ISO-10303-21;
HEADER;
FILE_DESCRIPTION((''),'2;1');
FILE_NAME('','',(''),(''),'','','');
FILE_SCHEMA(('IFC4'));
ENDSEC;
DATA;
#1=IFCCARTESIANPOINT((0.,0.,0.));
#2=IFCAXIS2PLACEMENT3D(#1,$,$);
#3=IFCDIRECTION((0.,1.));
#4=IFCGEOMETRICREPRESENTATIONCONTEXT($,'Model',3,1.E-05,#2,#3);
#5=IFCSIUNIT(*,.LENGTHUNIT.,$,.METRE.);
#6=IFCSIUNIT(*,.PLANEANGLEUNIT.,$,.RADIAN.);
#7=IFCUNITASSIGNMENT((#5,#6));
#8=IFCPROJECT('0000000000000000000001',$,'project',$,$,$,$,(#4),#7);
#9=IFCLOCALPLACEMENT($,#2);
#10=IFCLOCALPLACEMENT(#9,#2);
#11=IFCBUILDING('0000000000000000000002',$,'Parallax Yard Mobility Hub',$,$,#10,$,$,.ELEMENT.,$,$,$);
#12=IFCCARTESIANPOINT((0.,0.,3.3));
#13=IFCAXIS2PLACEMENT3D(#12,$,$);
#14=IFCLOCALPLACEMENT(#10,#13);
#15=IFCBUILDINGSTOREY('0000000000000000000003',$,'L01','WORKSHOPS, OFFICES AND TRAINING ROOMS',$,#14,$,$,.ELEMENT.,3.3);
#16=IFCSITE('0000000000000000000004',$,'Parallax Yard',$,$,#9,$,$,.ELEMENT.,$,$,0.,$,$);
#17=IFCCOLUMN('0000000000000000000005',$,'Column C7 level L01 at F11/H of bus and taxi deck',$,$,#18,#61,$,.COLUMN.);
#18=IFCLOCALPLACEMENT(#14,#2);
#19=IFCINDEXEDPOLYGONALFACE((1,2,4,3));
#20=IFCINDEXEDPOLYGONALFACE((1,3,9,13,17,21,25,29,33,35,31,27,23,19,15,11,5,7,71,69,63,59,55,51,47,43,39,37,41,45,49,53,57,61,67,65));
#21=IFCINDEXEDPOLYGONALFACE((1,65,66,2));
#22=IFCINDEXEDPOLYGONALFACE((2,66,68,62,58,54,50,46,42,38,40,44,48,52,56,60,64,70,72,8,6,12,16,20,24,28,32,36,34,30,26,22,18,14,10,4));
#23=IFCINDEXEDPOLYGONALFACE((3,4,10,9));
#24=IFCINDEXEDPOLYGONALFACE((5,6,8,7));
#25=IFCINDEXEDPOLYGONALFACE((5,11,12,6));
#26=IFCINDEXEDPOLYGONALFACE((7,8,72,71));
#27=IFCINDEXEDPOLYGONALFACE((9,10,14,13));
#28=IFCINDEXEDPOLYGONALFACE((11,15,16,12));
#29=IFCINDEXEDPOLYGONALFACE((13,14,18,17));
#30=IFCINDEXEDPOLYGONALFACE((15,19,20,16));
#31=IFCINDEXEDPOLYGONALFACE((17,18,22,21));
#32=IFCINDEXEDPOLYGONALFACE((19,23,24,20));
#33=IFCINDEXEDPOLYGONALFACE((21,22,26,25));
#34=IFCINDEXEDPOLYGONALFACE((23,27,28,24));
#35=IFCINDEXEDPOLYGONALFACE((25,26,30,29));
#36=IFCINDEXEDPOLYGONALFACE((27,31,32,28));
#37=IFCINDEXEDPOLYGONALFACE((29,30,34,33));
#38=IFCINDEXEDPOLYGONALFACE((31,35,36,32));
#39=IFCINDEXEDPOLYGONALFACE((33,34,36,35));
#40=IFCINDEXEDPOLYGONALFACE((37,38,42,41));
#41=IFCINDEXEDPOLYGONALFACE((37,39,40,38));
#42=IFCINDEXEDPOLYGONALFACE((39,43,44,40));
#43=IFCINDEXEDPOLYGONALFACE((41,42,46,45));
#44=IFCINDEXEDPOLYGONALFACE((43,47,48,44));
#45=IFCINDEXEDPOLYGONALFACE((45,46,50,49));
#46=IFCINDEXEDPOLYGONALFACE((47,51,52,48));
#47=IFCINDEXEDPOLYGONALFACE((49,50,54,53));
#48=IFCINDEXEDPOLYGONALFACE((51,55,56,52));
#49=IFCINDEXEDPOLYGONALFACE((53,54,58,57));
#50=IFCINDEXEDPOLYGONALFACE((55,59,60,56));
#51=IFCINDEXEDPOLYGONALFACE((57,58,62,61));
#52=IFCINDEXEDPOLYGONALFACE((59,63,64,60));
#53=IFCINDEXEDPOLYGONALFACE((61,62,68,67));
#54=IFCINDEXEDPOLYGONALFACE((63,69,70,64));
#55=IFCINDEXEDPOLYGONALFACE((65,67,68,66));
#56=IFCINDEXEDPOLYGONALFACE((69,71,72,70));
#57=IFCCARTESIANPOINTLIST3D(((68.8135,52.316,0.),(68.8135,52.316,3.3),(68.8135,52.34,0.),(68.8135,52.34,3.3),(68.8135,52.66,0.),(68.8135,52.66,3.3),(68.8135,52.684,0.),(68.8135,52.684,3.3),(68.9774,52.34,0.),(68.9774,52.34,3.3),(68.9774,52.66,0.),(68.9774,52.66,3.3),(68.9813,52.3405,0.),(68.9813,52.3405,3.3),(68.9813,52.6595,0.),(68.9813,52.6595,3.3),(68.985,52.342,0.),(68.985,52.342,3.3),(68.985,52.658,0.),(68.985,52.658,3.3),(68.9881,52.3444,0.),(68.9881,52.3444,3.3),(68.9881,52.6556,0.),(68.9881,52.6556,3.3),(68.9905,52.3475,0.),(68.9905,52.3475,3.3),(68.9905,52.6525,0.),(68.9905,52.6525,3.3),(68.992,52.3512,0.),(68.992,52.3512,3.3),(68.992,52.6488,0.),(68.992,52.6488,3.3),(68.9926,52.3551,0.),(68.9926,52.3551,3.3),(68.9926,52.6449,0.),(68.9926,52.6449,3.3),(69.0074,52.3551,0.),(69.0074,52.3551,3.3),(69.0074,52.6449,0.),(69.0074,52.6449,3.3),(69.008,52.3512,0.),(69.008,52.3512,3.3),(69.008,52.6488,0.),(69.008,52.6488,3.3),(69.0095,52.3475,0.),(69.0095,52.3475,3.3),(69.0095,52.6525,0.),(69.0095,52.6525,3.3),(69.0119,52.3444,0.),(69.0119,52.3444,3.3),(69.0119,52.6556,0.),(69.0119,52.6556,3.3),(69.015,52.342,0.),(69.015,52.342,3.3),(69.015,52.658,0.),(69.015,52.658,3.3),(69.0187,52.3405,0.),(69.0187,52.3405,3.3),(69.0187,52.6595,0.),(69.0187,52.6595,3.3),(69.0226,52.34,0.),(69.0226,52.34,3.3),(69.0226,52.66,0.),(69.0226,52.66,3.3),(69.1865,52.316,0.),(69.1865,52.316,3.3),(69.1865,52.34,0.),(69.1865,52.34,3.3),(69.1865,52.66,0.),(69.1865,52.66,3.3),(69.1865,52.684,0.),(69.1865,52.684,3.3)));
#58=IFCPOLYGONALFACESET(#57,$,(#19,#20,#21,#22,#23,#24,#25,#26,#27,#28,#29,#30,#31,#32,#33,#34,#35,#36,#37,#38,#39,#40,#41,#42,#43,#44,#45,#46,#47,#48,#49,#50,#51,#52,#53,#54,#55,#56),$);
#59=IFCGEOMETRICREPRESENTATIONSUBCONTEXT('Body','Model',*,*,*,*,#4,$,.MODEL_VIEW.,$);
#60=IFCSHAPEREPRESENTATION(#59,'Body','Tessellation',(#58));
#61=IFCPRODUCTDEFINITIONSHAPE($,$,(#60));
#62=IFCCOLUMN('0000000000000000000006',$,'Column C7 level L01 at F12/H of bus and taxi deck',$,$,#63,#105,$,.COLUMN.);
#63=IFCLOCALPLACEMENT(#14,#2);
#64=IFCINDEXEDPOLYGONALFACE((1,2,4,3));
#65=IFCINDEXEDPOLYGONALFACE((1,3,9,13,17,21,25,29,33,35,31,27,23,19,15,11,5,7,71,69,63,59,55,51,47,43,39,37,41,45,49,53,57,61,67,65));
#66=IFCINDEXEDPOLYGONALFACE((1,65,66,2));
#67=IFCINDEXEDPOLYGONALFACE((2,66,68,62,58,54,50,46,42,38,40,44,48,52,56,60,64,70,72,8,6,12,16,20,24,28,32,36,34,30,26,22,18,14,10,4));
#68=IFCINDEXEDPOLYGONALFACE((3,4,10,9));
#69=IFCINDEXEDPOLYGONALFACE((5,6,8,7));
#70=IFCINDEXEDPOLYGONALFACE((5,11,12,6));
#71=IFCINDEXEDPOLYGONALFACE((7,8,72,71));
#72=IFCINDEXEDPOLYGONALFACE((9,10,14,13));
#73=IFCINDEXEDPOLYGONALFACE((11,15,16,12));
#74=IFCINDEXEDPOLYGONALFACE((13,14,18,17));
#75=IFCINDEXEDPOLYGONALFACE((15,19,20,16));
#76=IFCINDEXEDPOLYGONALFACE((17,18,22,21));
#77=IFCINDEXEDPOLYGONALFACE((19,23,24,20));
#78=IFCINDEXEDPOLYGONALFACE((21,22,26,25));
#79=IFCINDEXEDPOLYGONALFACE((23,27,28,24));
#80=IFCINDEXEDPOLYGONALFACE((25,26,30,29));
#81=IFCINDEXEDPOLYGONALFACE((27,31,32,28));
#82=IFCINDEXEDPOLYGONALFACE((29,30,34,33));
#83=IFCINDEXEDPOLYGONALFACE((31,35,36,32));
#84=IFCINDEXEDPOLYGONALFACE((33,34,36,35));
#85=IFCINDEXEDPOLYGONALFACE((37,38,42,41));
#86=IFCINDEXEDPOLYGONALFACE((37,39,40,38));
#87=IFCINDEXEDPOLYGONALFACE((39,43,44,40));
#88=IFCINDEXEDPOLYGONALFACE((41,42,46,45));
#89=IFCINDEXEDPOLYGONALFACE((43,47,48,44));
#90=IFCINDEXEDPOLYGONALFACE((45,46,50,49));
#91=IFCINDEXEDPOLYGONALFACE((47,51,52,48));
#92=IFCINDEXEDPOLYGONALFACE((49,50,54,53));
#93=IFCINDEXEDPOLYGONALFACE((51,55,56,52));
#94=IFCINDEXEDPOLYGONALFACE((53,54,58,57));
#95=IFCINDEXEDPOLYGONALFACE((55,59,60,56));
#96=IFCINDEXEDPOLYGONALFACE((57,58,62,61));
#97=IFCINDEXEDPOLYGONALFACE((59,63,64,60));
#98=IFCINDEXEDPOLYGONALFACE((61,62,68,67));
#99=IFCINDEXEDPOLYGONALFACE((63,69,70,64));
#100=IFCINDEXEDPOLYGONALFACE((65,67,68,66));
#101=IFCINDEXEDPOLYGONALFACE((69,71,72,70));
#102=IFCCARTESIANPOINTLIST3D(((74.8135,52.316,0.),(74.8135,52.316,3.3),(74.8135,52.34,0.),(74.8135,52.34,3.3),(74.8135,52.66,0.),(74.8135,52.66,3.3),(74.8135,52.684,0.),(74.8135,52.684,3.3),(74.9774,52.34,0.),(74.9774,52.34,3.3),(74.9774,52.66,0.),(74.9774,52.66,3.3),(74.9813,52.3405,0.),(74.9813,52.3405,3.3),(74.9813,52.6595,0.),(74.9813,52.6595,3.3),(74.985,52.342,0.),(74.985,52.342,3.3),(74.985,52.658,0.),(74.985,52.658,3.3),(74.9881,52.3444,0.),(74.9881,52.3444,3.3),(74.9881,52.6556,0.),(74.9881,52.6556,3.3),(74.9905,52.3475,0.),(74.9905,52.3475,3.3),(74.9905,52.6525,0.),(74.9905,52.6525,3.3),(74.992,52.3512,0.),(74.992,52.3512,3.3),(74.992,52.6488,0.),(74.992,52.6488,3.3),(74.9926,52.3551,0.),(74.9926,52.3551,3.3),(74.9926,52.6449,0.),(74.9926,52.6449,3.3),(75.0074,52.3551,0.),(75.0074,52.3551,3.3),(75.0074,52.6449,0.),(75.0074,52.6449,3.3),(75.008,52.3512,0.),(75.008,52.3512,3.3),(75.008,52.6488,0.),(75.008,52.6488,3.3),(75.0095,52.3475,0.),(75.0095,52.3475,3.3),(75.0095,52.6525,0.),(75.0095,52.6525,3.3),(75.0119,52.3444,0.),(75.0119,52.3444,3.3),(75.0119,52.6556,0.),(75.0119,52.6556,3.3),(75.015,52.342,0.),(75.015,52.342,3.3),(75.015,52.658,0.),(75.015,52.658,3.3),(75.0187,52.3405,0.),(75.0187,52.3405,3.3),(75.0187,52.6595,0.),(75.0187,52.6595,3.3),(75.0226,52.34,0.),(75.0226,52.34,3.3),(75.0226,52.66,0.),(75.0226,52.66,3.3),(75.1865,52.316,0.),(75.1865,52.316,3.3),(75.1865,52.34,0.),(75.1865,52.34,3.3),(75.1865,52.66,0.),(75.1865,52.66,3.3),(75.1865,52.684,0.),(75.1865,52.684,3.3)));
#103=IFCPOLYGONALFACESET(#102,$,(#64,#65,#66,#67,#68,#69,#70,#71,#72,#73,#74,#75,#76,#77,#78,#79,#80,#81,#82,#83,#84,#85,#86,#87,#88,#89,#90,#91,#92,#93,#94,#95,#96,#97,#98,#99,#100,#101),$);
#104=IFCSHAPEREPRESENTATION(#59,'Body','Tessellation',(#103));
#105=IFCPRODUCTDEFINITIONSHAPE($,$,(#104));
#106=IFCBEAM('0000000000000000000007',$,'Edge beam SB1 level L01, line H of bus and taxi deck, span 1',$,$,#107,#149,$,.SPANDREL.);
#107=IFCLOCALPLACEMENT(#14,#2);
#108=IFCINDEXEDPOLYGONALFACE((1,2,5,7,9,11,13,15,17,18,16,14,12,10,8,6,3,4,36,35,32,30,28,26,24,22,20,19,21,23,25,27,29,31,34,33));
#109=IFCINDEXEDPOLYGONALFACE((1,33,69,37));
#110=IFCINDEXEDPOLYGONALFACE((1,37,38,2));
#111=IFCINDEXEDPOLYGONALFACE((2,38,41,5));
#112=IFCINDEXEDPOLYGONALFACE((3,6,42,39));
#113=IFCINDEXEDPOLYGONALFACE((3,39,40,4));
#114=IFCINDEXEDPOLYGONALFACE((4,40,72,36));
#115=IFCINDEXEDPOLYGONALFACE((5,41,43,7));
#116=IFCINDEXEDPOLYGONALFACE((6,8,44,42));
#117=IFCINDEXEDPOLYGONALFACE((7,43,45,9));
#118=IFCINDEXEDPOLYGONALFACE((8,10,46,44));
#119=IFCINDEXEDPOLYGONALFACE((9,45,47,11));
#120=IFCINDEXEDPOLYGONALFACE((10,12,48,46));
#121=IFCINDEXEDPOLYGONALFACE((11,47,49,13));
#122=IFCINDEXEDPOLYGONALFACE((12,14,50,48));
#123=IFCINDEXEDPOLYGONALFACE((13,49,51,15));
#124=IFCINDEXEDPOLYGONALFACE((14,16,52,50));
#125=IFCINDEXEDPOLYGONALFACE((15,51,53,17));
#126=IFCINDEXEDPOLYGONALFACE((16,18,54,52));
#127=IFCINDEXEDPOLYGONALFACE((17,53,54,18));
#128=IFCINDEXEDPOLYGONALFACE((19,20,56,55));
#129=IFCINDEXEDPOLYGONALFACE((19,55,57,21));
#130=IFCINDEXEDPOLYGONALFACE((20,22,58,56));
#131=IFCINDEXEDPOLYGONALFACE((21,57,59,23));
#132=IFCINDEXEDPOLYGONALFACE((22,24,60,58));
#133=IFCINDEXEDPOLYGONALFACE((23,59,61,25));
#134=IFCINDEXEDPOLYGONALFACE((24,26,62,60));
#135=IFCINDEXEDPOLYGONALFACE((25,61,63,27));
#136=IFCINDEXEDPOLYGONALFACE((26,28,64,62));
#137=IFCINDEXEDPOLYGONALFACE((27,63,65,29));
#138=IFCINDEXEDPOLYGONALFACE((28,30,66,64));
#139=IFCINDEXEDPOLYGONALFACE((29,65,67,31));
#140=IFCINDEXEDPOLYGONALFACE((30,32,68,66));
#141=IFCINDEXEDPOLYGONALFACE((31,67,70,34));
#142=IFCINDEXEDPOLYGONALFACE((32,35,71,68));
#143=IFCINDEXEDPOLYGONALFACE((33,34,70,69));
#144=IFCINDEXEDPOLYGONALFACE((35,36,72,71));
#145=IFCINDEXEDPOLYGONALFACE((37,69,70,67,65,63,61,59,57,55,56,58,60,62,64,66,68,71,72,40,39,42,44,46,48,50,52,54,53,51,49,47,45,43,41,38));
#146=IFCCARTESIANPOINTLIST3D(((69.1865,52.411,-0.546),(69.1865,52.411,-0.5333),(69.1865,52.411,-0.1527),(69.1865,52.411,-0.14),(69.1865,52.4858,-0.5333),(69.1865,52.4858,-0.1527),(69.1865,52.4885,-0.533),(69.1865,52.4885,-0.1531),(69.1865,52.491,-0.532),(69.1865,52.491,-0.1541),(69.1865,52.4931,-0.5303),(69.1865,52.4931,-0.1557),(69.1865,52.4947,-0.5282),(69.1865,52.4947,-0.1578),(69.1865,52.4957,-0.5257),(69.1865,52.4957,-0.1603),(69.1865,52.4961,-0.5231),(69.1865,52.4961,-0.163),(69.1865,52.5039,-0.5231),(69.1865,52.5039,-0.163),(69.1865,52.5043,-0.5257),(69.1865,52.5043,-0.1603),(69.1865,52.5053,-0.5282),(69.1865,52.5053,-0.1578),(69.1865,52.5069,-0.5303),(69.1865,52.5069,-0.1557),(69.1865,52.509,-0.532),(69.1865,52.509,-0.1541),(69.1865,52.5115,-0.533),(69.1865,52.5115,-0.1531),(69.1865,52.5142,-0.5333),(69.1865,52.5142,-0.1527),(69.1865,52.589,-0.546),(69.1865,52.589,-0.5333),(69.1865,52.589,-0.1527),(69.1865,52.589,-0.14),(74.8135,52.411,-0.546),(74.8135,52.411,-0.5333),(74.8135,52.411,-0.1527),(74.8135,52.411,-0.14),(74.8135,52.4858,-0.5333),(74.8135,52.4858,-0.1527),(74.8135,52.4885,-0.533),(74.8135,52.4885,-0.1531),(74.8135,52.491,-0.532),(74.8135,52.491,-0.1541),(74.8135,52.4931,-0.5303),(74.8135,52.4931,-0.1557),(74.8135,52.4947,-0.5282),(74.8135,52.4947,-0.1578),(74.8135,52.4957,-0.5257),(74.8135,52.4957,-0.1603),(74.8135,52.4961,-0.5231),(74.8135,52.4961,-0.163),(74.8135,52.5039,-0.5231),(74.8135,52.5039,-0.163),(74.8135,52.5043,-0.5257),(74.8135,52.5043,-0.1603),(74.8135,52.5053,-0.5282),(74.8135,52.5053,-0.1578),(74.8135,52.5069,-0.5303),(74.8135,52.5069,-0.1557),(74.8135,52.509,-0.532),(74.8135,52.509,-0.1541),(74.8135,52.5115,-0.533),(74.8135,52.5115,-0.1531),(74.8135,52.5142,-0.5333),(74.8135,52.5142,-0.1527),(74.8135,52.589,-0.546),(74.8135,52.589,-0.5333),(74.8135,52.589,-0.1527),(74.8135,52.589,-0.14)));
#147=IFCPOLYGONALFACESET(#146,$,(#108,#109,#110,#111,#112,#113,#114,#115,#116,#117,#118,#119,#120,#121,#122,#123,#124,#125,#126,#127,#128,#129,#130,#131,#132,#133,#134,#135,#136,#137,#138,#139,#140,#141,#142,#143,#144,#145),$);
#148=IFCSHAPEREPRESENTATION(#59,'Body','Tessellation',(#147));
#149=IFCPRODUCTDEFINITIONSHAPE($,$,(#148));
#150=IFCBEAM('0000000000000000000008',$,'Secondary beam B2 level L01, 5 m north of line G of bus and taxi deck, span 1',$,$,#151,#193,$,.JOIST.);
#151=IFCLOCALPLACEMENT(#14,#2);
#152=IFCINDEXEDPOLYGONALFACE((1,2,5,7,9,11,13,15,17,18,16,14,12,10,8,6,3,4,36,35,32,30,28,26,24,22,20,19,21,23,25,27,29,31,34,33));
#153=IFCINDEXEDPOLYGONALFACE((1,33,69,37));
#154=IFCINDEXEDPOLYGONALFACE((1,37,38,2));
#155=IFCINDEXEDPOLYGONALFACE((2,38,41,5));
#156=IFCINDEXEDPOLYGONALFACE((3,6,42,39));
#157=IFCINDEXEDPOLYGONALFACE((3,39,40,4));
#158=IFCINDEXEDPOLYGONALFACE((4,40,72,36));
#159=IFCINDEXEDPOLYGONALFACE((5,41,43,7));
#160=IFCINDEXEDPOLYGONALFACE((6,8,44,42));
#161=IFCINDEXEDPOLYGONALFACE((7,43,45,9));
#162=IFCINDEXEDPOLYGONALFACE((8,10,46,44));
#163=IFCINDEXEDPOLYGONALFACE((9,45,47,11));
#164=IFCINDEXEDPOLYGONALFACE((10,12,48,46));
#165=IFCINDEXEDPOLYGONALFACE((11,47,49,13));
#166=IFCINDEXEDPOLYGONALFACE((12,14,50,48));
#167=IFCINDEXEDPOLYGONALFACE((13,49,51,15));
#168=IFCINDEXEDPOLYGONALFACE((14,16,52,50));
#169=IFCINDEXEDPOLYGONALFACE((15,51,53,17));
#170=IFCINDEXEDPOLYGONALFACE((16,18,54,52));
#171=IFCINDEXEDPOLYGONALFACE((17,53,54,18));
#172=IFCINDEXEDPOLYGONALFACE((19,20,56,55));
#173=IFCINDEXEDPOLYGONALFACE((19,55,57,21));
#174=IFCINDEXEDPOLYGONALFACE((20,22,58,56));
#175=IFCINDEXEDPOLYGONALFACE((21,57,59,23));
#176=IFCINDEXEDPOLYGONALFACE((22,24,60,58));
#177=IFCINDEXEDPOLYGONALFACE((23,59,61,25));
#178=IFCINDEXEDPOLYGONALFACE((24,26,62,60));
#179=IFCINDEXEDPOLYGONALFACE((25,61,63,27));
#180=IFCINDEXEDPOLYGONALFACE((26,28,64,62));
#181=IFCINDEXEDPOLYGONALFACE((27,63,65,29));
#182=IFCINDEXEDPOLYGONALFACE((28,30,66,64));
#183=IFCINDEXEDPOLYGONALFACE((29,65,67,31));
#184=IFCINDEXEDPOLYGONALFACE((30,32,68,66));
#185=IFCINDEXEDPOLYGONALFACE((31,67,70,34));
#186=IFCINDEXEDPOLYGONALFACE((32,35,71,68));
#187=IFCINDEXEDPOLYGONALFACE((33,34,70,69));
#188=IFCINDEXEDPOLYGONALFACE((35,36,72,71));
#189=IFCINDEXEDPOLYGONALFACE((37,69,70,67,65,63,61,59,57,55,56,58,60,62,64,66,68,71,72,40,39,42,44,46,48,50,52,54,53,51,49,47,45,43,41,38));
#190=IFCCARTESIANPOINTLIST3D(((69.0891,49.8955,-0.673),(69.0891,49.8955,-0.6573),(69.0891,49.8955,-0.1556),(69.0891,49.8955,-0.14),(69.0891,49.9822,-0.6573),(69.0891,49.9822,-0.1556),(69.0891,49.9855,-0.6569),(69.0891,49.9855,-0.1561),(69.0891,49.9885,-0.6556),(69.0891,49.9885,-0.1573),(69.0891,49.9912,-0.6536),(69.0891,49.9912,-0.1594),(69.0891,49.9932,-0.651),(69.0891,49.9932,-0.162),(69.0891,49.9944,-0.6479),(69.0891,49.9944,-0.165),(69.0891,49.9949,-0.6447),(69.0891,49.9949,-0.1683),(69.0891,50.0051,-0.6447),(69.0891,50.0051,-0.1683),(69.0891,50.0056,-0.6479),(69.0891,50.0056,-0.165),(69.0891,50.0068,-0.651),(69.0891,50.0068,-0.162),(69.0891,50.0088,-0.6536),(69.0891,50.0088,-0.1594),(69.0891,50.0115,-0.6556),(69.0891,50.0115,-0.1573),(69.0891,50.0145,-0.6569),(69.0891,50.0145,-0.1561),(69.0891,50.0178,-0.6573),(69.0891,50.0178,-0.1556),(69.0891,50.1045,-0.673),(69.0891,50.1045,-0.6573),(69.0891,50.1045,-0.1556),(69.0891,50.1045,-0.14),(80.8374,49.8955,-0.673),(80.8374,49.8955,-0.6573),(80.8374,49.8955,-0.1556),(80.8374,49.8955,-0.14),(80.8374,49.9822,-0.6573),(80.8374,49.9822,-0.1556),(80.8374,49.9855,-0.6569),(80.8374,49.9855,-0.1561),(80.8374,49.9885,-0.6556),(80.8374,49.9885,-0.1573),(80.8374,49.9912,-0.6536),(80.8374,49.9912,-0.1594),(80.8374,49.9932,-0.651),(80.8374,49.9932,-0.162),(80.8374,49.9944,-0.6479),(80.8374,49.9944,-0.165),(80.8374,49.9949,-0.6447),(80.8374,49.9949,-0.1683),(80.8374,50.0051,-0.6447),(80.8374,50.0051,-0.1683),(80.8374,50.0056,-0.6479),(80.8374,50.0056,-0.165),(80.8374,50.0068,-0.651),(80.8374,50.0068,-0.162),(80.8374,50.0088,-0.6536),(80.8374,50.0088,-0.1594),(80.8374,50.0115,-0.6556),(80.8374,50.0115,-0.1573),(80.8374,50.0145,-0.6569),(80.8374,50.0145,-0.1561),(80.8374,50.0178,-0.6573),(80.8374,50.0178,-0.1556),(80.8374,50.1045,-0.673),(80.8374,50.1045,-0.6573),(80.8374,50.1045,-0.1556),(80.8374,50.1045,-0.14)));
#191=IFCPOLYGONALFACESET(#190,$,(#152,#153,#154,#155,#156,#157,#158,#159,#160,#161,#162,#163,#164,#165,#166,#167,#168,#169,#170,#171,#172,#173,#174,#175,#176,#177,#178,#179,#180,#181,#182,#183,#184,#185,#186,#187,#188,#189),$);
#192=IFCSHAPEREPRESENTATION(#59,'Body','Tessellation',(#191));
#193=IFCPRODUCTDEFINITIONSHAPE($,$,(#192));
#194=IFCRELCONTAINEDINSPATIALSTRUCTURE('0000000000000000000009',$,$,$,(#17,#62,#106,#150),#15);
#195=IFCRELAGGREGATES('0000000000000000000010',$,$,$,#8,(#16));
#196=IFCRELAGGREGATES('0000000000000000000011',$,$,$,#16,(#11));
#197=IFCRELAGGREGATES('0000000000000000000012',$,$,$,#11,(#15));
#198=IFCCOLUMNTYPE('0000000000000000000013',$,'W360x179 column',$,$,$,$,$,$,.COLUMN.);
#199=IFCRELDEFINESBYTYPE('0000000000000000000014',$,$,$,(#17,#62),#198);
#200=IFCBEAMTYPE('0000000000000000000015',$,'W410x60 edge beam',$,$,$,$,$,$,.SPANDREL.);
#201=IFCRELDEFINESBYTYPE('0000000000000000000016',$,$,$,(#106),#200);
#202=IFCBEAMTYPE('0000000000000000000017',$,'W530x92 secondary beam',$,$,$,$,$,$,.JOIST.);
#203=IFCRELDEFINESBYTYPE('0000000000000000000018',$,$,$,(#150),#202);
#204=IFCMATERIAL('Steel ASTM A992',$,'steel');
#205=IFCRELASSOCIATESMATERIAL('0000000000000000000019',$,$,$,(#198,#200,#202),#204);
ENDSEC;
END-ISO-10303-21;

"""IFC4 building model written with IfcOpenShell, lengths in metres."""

from ifc_helpers import new_model, si_unit, direction, frame, origin, origin_2d, place, context, subcontext, project, spatial, i_section, extrude, material, material_profile, profile_set, type_object, element, save


model = new_model("IFC4")

# Units and contexts
model_context = context("Model", 3, precision=1e-05, world=origin(), true_north=direction((0.0, 1.0)))
body_context = subcontext(model_context, "Body", "Model", "MODEL_VIEW")
ifc_project = project(units=[si_unit("LENGTHUNIT", "METRE"), si_unit("PLANEANGLEUNIT", "RADIAN")], contexts=[model_context])

# Site, building, storey
site_placement = place(None, origin())
site = spatial("IfcSite", under=ifc_project, at=site_placement, Name="Parallax Yard", CompositionType="ELEMENT", RefElevation=0.0)
building_placement = place(site_placement, origin())
building = spatial("IfcBuilding", under=site, at=building_placement, Name="Parallax Yard Mobility Hub", CompositionType="ELEMENT")
storey_placement = place(building_placement, frame((0.0, 0.0, 3.3)))
storey = spatial("IfcBuildingStorey", under=building, at=storey_placement, Name="L01", Description="WORKSHOPS, OFFICES AND TRAINING ROOMS", CompositionType="ELEMENT", Elevation=3.3)

# Columns
ifc_material_1 = material(Name="Steel ASTM A992", Category="steel")
ifc_material_profile_1 = material_profile(ifc_material_1, i_section(OverallWidth=0.373, OverallDepth=0.3679, WebThickness=0.0149, FlangeThickness=0.0239, FilletRadius=0.0151, at=origin_2d()), Name="W360x179")
ifc_profile_set_1 = profile_set([ifc_material_profile_1], Name="Steel ASTM A992")
column_type = type_object("IfcColumnType", Name="W360x179 column", PredefinedType="COLUMN", material=ifc_profile_set_1)
for number, where, z_axis, x_axis, name in (
    (1, (69.0, 52.5, 0.0), (0.0, 0.0, 1.0), (1.0, 0.0, 0.0), "Column C7 level L01 at F11/H of bus and taxi deck"),
    (2, (75.0, 52.5, 0.0), (0.0, 0.0, 1.0), (1.0, 0.0, 0.0), "Column C7 level L01 at F12/H of bus and taxi deck"),
):
    element("IfcColumn", number, at=place(storey_placement, frame(where, z_axis=z_axis, x_axis=x_axis)), inside=storey, type_object=column_type, Name=name, PredefinedType="COLUMN", context=body_context, shape_type="SweptSolid", body=[
        extrude(i_section(OverallWidth=0.373, OverallDepth=0.3679, WebThickness=0.0149, FlangeThickness=0.0239, FilletRadius=0.0151, at=origin_2d()), origin(), (0.0, 0.0, 1.0), 3.3),
    ])

# Beams
ifc_material_profile_2 = material_profile(ifc_material_1, i_section(OverallWidth=0.178, OverallDepth=0.406, WebThickness=0.0078, FlangeThickness=0.0127, FilletRadius=0.0103, at=origin_2d()), Name="W410x60")
ifc_profile_set_2 = profile_set([ifc_material_profile_2], Name="Steel ASTM A992")
beam_type_1 = type_object("IfcBeamType", Name="W410x60 edge beam", PredefinedType="SPANDREL", material=ifc_profile_set_2)
beam_1_placement = place(storey_placement, frame((69.1865, 52.5, -0.343), z_axis=(1.0, 0.0, 0.0), x_axis=(0.0, 1.0, 0.0)))
element("IfcBeam", 3, at=beam_1_placement, inside=storey, type_object=beam_type_1, Name="Edge beam SB1 level L01, line H of bus and taxi deck, span 1", PredefinedType="SPANDREL", context=body_context, shape_type="SweptSolid", body=[
    extrude(i_section(OverallWidth=0.178, OverallDepth=0.406, WebThickness=0.0078, FlangeThickness=0.0127, FilletRadius=0.0103, at=origin_2d()), origin(), (0.0, 0.0, 1.0), 5.627),
])
ifc_material_profile_3 = material_profile(ifc_material_1, i_section(OverallWidth=0.209, OverallDepth=0.533, WebThickness=0.0103, FlangeThickness=0.0156, FilletRadius=0.0127, at=origin_2d()), Name="W530x92")
ifc_profile_set_3 = profile_set([ifc_material_profile_3], Name="Steel ASTM A992")
beam_type_2 = type_object("IfcBeamType", Name="W530x92 secondary beam", PredefinedType="JOIST", material=ifc_profile_set_3)
for number, where, z_axis, x_axis, name in (
    (4, (69.0891, 50.0, -0.4065), (1.0, 0.0, 0.0), (0.0, 1.0, 0.0), "Secondary beam B2 level L01, 5 m north of line G of bus and taxi deck, span 1"),
):
    element("IfcBeam", number, at=place(storey_placement, frame(where, z_axis=z_axis, x_axis=x_axis)), inside=storey, type_object=beam_type_2, Name=name, PredefinedType="JOIST", context=body_context, shape_type="SweptSolid", body=[
        extrude(i_section(OverallWidth=0.209, OverallDepth=0.533, WebThickness=0.0103, FlangeThickness=0.0156, FilletRadius=0.0127, at=origin_2d()), origin(), (0.0, 0.0, 1.0), 11.7483),
    ])

save(model, "model.ifc")
